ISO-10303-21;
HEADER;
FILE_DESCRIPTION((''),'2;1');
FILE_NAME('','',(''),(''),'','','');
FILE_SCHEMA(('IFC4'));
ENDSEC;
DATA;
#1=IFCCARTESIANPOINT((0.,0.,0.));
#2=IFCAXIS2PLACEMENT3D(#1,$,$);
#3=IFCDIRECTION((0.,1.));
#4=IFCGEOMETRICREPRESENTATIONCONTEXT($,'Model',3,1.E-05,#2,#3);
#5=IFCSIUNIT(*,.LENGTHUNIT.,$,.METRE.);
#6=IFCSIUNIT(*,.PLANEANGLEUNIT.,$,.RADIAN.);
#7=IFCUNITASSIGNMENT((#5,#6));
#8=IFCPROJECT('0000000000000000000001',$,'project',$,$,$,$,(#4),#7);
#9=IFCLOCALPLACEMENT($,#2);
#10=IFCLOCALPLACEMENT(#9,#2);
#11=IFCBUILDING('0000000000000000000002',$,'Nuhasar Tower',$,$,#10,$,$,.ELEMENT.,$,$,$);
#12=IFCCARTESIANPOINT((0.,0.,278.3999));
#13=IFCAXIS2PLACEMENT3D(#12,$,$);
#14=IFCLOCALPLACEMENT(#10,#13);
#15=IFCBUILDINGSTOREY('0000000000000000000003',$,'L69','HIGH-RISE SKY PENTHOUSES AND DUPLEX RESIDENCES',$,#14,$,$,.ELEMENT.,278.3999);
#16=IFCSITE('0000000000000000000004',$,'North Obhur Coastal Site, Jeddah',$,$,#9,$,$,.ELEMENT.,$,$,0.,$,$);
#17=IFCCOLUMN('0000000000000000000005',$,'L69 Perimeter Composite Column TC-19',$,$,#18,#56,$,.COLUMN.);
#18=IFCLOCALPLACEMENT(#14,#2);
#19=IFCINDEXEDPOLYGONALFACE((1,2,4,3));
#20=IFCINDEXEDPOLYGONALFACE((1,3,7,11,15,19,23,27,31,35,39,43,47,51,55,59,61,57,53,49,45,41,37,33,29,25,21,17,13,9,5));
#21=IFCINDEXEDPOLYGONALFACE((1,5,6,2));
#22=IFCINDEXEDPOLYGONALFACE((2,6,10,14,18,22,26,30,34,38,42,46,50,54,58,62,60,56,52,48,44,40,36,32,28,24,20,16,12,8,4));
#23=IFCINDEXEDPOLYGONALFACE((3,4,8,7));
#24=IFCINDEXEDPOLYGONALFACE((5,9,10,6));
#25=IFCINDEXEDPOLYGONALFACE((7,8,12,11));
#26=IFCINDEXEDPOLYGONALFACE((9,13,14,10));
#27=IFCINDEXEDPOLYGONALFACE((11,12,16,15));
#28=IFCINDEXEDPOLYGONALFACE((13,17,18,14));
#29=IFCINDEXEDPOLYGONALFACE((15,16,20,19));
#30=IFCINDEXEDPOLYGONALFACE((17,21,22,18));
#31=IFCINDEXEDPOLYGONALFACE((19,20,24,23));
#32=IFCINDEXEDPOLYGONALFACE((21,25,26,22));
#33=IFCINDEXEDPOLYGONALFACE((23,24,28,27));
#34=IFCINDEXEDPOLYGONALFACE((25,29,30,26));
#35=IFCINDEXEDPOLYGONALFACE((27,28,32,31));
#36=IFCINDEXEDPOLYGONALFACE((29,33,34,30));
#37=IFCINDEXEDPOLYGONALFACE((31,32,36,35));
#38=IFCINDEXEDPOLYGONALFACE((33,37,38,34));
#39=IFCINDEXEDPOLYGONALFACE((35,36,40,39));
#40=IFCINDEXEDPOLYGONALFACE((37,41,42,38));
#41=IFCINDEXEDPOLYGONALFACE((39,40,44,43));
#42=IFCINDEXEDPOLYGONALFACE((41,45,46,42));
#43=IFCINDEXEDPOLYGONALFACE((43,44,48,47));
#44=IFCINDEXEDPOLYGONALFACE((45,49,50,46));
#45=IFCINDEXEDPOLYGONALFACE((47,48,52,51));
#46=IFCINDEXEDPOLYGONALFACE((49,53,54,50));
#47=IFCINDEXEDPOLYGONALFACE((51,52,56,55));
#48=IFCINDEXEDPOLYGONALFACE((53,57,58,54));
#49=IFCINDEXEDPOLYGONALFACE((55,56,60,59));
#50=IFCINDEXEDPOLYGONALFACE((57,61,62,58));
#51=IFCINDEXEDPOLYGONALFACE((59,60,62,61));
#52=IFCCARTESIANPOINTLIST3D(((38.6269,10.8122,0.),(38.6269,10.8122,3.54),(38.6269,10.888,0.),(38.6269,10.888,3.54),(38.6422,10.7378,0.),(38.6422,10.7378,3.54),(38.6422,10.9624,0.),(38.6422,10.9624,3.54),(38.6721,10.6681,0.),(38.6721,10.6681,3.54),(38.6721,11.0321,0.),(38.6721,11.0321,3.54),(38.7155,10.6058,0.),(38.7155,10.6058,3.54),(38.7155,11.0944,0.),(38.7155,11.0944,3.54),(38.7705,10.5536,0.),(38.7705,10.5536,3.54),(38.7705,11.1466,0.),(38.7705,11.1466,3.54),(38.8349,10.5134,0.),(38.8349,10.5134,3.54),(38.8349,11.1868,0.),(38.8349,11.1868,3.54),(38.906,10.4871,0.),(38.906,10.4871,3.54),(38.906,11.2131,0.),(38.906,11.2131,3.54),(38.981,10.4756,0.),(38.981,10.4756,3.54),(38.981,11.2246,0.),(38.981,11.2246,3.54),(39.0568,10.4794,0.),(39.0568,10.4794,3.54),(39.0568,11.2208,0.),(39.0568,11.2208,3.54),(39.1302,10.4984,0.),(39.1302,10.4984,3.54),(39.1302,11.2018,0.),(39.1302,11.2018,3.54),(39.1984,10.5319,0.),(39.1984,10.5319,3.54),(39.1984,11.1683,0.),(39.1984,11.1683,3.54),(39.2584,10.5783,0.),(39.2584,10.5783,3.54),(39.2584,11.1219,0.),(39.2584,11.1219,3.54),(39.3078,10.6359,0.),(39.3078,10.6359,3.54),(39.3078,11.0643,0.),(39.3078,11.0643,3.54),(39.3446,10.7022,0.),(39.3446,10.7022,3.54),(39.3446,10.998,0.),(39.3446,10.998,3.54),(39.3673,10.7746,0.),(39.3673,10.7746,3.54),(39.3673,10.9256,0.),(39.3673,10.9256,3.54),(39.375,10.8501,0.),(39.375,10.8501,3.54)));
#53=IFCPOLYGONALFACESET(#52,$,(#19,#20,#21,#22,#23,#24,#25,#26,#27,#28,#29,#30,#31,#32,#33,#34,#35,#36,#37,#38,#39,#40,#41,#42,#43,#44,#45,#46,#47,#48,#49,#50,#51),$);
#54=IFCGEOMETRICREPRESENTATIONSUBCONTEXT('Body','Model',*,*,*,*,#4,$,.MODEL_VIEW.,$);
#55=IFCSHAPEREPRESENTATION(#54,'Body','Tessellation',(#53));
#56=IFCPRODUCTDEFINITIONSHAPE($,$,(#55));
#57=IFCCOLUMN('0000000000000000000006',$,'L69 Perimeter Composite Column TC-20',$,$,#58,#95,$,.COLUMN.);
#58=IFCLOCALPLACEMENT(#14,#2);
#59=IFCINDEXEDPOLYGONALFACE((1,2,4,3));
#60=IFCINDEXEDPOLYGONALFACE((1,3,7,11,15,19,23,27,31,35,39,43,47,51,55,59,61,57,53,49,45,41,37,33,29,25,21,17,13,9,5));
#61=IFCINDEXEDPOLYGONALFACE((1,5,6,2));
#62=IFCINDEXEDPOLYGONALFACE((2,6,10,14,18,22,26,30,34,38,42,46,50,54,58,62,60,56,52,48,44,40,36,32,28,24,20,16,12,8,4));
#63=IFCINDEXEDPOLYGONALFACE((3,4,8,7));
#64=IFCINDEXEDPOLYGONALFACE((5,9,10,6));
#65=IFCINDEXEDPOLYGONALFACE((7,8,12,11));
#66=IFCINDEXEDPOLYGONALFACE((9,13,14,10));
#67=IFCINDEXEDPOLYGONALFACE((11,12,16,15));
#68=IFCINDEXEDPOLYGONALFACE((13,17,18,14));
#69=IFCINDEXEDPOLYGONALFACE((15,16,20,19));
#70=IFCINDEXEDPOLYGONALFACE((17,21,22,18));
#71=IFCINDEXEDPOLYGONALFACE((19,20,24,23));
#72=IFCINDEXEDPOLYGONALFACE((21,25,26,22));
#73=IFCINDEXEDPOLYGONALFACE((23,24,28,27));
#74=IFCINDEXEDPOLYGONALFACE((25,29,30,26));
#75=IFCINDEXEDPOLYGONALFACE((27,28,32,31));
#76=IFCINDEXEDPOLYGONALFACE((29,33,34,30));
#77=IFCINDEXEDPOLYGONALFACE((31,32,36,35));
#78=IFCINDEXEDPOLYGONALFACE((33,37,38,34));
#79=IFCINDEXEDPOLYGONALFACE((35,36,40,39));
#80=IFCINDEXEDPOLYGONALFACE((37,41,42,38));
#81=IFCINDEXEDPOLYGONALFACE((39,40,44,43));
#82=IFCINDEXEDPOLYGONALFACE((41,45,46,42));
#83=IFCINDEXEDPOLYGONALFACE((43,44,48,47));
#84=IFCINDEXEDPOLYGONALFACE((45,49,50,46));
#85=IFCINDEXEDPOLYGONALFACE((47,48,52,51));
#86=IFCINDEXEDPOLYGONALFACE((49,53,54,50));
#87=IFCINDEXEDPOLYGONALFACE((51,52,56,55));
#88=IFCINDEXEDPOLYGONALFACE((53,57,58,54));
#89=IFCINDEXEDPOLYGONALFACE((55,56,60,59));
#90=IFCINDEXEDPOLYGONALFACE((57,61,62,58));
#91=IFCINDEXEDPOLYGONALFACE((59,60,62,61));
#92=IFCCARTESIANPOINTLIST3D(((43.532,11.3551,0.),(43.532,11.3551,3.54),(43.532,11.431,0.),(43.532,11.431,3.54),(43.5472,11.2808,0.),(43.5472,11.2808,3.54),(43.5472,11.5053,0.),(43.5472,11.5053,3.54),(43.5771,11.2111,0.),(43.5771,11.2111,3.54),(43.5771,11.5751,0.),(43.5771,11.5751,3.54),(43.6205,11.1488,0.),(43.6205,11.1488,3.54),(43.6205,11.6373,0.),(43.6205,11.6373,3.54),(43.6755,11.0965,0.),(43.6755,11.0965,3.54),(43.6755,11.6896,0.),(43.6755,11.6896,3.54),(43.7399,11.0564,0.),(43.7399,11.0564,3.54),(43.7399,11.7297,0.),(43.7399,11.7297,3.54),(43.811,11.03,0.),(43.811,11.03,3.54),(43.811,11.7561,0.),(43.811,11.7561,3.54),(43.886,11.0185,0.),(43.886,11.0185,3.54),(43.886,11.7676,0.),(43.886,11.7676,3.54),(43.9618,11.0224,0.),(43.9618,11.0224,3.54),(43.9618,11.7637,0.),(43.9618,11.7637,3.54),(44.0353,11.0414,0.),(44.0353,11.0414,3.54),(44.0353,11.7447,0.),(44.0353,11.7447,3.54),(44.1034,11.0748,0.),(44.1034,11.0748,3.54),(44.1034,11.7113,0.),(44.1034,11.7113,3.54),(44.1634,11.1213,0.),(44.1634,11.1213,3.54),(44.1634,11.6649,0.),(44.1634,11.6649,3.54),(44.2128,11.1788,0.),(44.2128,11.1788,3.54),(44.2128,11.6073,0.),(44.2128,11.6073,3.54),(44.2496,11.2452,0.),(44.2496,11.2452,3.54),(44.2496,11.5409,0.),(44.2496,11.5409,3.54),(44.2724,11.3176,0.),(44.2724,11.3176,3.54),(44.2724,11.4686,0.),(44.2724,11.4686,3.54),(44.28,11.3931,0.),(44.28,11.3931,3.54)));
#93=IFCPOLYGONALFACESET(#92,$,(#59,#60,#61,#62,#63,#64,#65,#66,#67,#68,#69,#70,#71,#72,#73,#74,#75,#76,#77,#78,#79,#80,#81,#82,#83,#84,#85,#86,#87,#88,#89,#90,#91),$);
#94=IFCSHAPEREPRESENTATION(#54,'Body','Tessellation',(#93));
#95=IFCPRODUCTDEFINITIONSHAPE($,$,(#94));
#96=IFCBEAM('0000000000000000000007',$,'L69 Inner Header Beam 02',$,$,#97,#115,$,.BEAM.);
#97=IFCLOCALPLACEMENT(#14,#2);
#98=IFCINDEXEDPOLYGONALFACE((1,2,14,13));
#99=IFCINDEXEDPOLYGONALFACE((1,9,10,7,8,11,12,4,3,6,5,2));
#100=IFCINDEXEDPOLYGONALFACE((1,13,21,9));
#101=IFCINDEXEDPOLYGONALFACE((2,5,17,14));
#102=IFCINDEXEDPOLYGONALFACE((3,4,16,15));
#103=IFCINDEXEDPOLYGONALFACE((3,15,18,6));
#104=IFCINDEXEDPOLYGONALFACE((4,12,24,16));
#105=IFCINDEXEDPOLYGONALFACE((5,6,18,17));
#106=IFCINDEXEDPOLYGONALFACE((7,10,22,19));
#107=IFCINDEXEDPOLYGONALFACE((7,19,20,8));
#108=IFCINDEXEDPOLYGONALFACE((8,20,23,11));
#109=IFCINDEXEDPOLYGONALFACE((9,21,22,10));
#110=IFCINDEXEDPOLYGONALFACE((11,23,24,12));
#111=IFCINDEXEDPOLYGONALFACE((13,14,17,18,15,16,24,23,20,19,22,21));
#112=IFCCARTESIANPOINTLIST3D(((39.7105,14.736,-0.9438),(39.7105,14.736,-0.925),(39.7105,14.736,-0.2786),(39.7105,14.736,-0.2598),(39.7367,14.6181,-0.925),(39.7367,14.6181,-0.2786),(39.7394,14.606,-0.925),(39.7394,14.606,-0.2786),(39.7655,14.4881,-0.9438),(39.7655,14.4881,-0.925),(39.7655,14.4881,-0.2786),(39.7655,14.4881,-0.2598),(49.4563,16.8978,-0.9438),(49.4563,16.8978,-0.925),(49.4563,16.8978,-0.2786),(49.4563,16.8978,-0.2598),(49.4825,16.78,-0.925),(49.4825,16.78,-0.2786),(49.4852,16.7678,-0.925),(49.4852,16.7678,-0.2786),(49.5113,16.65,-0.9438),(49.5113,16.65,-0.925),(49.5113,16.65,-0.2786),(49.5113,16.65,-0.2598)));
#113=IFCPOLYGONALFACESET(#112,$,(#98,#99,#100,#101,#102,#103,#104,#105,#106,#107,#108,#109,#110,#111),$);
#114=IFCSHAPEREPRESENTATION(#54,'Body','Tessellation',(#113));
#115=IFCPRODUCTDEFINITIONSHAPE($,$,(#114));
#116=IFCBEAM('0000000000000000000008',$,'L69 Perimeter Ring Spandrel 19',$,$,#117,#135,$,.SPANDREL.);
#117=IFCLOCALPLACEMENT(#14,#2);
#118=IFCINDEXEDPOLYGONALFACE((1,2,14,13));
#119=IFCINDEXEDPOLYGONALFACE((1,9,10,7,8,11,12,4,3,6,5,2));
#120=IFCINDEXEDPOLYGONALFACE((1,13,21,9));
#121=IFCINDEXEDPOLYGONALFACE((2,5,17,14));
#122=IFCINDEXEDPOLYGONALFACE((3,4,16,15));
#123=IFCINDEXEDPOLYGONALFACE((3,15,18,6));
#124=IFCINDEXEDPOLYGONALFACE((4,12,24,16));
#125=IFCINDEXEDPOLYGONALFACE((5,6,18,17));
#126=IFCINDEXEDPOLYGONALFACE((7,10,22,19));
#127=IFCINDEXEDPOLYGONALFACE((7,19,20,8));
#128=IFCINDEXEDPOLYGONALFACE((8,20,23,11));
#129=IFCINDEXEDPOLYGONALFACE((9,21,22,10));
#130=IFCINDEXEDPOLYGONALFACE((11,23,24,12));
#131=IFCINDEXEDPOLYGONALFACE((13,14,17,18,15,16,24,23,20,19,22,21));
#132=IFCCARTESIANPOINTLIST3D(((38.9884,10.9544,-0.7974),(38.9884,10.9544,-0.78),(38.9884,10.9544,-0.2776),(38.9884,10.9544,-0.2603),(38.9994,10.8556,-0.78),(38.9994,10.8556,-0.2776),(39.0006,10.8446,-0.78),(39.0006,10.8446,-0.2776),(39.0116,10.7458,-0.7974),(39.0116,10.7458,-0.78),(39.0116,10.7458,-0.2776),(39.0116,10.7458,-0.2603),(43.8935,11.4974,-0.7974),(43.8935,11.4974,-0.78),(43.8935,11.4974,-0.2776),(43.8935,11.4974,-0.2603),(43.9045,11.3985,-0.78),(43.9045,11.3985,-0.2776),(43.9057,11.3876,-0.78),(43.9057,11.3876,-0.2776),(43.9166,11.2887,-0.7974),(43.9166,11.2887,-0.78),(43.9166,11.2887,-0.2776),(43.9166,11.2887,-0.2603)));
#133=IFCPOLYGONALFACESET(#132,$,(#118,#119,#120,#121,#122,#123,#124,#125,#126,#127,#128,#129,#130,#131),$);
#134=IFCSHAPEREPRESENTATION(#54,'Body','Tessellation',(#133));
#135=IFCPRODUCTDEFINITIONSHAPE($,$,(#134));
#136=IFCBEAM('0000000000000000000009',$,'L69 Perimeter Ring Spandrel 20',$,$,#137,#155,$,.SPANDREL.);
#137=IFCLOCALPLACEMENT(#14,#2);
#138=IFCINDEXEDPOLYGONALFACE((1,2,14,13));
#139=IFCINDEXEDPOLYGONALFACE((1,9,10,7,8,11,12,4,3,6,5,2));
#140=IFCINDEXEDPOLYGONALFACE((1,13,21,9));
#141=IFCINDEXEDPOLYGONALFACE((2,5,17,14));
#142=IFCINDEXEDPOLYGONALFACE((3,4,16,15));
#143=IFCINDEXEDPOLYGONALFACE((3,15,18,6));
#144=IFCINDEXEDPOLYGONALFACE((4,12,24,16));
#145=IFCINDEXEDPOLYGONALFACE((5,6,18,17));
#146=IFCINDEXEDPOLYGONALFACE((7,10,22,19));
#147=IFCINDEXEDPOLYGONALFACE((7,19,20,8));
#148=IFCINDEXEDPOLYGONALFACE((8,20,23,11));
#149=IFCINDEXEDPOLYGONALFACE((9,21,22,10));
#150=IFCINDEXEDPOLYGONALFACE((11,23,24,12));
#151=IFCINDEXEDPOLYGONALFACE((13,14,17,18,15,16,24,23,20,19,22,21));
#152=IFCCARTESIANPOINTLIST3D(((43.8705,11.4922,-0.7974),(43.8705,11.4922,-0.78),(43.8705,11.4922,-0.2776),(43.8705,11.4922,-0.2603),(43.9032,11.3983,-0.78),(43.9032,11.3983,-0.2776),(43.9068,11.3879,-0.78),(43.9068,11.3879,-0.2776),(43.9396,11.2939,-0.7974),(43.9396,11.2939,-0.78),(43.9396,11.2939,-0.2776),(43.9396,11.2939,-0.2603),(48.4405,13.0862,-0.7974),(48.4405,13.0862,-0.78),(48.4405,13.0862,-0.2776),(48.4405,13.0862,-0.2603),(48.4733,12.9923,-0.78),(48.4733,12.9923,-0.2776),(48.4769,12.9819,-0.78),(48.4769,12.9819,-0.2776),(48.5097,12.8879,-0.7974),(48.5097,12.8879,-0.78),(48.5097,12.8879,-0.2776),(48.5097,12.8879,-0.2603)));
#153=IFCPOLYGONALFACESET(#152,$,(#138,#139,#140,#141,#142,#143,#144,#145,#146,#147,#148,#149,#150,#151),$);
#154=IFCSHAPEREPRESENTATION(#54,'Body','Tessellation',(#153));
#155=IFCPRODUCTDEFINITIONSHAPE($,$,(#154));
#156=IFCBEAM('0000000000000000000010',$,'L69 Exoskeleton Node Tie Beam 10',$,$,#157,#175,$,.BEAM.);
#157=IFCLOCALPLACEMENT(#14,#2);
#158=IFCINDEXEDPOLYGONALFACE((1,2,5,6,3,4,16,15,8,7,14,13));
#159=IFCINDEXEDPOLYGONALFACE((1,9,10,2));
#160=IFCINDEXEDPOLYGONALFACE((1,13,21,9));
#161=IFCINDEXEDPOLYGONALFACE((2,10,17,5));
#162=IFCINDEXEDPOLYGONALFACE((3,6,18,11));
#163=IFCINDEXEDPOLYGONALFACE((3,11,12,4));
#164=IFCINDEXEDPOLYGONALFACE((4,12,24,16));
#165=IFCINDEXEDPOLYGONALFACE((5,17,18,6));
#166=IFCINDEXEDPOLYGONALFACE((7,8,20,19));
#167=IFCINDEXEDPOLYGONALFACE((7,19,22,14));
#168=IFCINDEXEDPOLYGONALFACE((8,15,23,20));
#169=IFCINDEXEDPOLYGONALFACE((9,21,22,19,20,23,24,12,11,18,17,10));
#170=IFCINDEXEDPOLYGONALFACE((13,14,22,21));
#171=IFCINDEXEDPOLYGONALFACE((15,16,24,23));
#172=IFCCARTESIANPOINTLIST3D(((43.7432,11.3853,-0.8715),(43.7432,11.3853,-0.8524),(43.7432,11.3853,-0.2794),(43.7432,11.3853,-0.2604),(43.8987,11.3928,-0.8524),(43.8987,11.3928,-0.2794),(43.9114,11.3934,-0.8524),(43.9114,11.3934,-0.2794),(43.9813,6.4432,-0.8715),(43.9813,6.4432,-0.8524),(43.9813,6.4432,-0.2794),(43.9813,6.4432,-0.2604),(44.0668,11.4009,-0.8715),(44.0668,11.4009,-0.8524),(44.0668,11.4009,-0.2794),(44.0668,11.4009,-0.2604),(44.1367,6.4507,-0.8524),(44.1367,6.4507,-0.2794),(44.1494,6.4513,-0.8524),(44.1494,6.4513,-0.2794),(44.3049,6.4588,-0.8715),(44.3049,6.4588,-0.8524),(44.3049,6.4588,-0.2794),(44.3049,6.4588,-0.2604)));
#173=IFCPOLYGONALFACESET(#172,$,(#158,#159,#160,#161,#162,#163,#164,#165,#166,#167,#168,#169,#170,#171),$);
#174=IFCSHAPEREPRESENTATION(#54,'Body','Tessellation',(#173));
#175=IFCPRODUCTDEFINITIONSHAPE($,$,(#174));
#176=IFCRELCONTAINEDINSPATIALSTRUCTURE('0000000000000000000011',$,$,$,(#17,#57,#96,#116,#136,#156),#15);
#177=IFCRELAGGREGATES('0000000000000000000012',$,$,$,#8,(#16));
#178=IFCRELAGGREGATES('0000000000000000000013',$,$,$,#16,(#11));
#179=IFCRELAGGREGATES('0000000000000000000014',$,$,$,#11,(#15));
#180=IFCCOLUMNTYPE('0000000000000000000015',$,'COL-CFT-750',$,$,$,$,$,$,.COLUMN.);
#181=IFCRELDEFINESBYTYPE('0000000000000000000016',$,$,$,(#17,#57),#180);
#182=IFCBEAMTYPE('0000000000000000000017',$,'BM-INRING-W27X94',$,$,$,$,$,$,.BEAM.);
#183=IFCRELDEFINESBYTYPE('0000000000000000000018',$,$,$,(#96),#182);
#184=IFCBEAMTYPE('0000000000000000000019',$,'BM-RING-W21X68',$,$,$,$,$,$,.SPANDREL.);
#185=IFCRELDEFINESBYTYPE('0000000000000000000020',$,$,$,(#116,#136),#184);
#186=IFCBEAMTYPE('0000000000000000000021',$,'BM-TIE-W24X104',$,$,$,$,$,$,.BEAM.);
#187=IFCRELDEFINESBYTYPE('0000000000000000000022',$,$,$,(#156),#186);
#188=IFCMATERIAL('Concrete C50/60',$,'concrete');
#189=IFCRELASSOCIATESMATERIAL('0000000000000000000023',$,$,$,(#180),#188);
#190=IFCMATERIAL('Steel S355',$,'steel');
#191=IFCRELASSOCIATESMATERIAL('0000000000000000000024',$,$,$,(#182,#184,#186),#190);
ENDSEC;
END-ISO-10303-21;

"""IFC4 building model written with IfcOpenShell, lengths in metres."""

from ifc_helpers import new_model, si_unit, direction, frame, origin, origin_2d, place, context, subcontext, project, spatial, circle, i_section, extrude, material, material_profile, profile_set, type_object, element, save


model = new_model("IFC4")

# Units and contexts
model_context = context("Model", 3, precision=1e-05, world=origin(), true_north=direction((0.0, 1.0)))
body_context = subcontext(model_context, "Body", "Model", "MODEL_VIEW")
ifc_project = project(units=[si_unit("LENGTHUNIT", "METRE"), si_unit("PLANEANGLEUNIT", "RADIAN")], contexts=[model_context])

# Site, building, storey
site_placement = place(None, origin())
site = spatial("IfcSite", under=ifc_project, at=site_placement, Name="North Obhur Coastal Site, Jeddah", CompositionType="ELEMENT", RefElevation=0.0)
building_placement = place(site_placement, origin())
building = spatial("IfcBuilding", under=site, at=building_placement, Name="Nuhasar Tower", CompositionType="ELEMENT")
storey_placement = place(building_placement, frame((0.0, 0.0, 278.3999)))
storey = spatial("IfcBuildingStorey", under=building, at=storey_placement, Name="L69", Description="HIGH-RISE SKY PENTHOUSES AND DUPLEX RESIDENCES", CompositionType="ELEMENT", Elevation=278.3999)

# Columns
ifc_material_1 = material(Name="Concrete C50/60", Category="concrete")
ifc_material_profile_1 = material_profile(ifc_material_1, circle(Radius=0.375, at=origin_2d()), Name="CFT750")
ifc_profile_set_1 = profile_set([ifc_material_profile_1], Name="Concrete C50/60")
column_type = type_object("IfcColumnType", Name="COL-CFT-750", PredefinedType="COLUMN", material=ifc_profile_set_1)
for number, where, z_axis, x_axis, name in (
    (1, (39.0, 10.8501, 0.0), (0.0, 0.0, 1.0), (1.0, 0.0, 0.0), "L69 Perimeter Composite Column TC-19"),
    (2, (43.905, 11.3931, 0.0), (0.0, 0.0, 1.0), (1.0, 0.0, 0.0), "L69 Perimeter Composite Column TC-20"),
):
    element("IfcColumn", number, at=place(storey_placement, frame(where, z_axis=z_axis, x_axis=x_axis)), inside=storey, type_object=column_type, Name=name, PredefinedType="COLUMN", context=body_context, shape_type="SweptSolid", body=[
        extrude(circle(Radius=0.375, at=origin_2d()), origin(), (0.0, 0.0, 1.0), 3.54),
    ])

# Beams
ifc_material_2 = material(Name="Steel S355", Category="steel")
ifc_material_profile_2 = material_profile(ifc_material_2, i_section(OverallWidth=0.2539, OverallDepth=0.6841, WebThickness=0.0125, FlangeThickness=0.0188, at=origin_2d()), Name="W27X94")
ifc_profile_set_2 = profile_set([ifc_material_profile_2], Name="Steel S355")
beam_type_1 = type_object("IfcBeamType", Name="BM-INRING-W27X94", PredefinedType="BEAM", material=ifc_profile_set_2)
beam_1_placement = place(storey_placement, frame((39.738, 14.6121, -0.6018), z_axis=(0.976269, 0.21656, 0.0), x_axis=(-0.21656, 0.976269, 0.0)))
element("IfcBeam", 3, at=beam_1_placement, inside=storey, type_object=beam_type_1, Name="L69 Inner Header Beam 02", PredefinedType="BEAM", context=body_context, shape_type="SweptSolid", body=[
    extrude(i_section(OverallWidth=0.2539, OverallDepth=0.6841, WebThickness=0.0125, FlangeThickness=0.0188, at=origin_2d()), origin(), (0.0, 0.0, 1.0), 9.9827),
])
ifc_material_profile_3 = material_profile(ifc_material_2, i_section(OverallWidth=0.21, OverallDepth=0.5371, WebThickness=0.011, FlangeThickness=0.0173, at=origin_2d()), Name="W21X68")
ifc_profile_set_3 = profile_set([ifc_material_profile_3], Name="Steel S355")
beam_type_2 = type_object("IfcBeamType", Name="BM-RING-W21X68", PredefinedType="SPANDREL", material=ifc_profile_set_3)
beam_2_placement = place(storey_placement, frame((39.0, 10.8501, -0.5288), z_axis=(0.993929, 0.110024, 0.0), x_axis=(-0.110024, 0.993929, 0.0)))
element("IfcBeam", 4, at=beam_2_placement, inside=storey, type_object=beam_type_2, Name="L69 Perimeter Ring Spandrel 19", PredefinedType="SPANDREL", context=body_context, shape_type="SweptSolid", body=[
    extrude(i_section(OverallWidth=0.21, OverallDepth=0.5371, WebThickness=0.011, FlangeThickness=0.0173, at=origin_2d()), origin(), (0.0, 0.0, 1.0), 4.9351),
])
beam_3_placement = place(storey_placement, frame((43.905, 11.3931, -0.5288), z_axis=(0.944214, 0.329332, 0.0), x_axis=(-0.329332, 0.944214, 0.0)))
element("IfcBeam", 5, at=beam_3_placement, inside=storey, type_object=beam_type_2, Name="L69 Perimeter Ring Spandrel 20", PredefinedType="SPANDREL", context=body_context, shape_type="SweptSolid", body=[
    extrude(i_section(OverallWidth=0.21, OverallDepth=0.5371, WebThickness=0.011, FlangeThickness=0.0173, at=origin_2d()), origin(), (0.0, 0.0, 1.0), 4.8401),
])
ifc_material_profile_4 = material_profile(ifc_material_2, i_section(OverallWidth=0.324, OverallDepth=0.6111, WebThickness=0.0127, FlangeThickness=0.019, at=origin_2d()), Name="W24X104")
ifc_profile_set_4 = profile_set([ifc_material_profile_4], Name="Steel S355")
beam_type_3 = type_object("IfcBeamType", Name="BM-TIE-W24X104", PredefinedType="BEAM", material=ifc_profile_set_4)
beam_4_placement = place(storey_placement, frame((43.905, 11.3931, -0.5659), z_axis=(0.048109, -0.998842, 0.0), x_axis=(0.998842, 0.048109, 0.0)))
element("IfcBeam", 6, at=beam_4_placement, inside=storey, type_object=beam_type_3, Name="L69 Exoskeleton Node Tie Beam 10", PredefinedType="BEAM", context=body_context, shape_type="SweptSolid", body=[
    extrude(i_section(OverallWidth=0.324, OverallDepth=0.6111, WebThickness=0.0127, FlangeThickness=0.019, at=origin_2d()), origin(), (0.0, 0.0, 1.0), 4.9478),
])

save(model, "model.ifc")
